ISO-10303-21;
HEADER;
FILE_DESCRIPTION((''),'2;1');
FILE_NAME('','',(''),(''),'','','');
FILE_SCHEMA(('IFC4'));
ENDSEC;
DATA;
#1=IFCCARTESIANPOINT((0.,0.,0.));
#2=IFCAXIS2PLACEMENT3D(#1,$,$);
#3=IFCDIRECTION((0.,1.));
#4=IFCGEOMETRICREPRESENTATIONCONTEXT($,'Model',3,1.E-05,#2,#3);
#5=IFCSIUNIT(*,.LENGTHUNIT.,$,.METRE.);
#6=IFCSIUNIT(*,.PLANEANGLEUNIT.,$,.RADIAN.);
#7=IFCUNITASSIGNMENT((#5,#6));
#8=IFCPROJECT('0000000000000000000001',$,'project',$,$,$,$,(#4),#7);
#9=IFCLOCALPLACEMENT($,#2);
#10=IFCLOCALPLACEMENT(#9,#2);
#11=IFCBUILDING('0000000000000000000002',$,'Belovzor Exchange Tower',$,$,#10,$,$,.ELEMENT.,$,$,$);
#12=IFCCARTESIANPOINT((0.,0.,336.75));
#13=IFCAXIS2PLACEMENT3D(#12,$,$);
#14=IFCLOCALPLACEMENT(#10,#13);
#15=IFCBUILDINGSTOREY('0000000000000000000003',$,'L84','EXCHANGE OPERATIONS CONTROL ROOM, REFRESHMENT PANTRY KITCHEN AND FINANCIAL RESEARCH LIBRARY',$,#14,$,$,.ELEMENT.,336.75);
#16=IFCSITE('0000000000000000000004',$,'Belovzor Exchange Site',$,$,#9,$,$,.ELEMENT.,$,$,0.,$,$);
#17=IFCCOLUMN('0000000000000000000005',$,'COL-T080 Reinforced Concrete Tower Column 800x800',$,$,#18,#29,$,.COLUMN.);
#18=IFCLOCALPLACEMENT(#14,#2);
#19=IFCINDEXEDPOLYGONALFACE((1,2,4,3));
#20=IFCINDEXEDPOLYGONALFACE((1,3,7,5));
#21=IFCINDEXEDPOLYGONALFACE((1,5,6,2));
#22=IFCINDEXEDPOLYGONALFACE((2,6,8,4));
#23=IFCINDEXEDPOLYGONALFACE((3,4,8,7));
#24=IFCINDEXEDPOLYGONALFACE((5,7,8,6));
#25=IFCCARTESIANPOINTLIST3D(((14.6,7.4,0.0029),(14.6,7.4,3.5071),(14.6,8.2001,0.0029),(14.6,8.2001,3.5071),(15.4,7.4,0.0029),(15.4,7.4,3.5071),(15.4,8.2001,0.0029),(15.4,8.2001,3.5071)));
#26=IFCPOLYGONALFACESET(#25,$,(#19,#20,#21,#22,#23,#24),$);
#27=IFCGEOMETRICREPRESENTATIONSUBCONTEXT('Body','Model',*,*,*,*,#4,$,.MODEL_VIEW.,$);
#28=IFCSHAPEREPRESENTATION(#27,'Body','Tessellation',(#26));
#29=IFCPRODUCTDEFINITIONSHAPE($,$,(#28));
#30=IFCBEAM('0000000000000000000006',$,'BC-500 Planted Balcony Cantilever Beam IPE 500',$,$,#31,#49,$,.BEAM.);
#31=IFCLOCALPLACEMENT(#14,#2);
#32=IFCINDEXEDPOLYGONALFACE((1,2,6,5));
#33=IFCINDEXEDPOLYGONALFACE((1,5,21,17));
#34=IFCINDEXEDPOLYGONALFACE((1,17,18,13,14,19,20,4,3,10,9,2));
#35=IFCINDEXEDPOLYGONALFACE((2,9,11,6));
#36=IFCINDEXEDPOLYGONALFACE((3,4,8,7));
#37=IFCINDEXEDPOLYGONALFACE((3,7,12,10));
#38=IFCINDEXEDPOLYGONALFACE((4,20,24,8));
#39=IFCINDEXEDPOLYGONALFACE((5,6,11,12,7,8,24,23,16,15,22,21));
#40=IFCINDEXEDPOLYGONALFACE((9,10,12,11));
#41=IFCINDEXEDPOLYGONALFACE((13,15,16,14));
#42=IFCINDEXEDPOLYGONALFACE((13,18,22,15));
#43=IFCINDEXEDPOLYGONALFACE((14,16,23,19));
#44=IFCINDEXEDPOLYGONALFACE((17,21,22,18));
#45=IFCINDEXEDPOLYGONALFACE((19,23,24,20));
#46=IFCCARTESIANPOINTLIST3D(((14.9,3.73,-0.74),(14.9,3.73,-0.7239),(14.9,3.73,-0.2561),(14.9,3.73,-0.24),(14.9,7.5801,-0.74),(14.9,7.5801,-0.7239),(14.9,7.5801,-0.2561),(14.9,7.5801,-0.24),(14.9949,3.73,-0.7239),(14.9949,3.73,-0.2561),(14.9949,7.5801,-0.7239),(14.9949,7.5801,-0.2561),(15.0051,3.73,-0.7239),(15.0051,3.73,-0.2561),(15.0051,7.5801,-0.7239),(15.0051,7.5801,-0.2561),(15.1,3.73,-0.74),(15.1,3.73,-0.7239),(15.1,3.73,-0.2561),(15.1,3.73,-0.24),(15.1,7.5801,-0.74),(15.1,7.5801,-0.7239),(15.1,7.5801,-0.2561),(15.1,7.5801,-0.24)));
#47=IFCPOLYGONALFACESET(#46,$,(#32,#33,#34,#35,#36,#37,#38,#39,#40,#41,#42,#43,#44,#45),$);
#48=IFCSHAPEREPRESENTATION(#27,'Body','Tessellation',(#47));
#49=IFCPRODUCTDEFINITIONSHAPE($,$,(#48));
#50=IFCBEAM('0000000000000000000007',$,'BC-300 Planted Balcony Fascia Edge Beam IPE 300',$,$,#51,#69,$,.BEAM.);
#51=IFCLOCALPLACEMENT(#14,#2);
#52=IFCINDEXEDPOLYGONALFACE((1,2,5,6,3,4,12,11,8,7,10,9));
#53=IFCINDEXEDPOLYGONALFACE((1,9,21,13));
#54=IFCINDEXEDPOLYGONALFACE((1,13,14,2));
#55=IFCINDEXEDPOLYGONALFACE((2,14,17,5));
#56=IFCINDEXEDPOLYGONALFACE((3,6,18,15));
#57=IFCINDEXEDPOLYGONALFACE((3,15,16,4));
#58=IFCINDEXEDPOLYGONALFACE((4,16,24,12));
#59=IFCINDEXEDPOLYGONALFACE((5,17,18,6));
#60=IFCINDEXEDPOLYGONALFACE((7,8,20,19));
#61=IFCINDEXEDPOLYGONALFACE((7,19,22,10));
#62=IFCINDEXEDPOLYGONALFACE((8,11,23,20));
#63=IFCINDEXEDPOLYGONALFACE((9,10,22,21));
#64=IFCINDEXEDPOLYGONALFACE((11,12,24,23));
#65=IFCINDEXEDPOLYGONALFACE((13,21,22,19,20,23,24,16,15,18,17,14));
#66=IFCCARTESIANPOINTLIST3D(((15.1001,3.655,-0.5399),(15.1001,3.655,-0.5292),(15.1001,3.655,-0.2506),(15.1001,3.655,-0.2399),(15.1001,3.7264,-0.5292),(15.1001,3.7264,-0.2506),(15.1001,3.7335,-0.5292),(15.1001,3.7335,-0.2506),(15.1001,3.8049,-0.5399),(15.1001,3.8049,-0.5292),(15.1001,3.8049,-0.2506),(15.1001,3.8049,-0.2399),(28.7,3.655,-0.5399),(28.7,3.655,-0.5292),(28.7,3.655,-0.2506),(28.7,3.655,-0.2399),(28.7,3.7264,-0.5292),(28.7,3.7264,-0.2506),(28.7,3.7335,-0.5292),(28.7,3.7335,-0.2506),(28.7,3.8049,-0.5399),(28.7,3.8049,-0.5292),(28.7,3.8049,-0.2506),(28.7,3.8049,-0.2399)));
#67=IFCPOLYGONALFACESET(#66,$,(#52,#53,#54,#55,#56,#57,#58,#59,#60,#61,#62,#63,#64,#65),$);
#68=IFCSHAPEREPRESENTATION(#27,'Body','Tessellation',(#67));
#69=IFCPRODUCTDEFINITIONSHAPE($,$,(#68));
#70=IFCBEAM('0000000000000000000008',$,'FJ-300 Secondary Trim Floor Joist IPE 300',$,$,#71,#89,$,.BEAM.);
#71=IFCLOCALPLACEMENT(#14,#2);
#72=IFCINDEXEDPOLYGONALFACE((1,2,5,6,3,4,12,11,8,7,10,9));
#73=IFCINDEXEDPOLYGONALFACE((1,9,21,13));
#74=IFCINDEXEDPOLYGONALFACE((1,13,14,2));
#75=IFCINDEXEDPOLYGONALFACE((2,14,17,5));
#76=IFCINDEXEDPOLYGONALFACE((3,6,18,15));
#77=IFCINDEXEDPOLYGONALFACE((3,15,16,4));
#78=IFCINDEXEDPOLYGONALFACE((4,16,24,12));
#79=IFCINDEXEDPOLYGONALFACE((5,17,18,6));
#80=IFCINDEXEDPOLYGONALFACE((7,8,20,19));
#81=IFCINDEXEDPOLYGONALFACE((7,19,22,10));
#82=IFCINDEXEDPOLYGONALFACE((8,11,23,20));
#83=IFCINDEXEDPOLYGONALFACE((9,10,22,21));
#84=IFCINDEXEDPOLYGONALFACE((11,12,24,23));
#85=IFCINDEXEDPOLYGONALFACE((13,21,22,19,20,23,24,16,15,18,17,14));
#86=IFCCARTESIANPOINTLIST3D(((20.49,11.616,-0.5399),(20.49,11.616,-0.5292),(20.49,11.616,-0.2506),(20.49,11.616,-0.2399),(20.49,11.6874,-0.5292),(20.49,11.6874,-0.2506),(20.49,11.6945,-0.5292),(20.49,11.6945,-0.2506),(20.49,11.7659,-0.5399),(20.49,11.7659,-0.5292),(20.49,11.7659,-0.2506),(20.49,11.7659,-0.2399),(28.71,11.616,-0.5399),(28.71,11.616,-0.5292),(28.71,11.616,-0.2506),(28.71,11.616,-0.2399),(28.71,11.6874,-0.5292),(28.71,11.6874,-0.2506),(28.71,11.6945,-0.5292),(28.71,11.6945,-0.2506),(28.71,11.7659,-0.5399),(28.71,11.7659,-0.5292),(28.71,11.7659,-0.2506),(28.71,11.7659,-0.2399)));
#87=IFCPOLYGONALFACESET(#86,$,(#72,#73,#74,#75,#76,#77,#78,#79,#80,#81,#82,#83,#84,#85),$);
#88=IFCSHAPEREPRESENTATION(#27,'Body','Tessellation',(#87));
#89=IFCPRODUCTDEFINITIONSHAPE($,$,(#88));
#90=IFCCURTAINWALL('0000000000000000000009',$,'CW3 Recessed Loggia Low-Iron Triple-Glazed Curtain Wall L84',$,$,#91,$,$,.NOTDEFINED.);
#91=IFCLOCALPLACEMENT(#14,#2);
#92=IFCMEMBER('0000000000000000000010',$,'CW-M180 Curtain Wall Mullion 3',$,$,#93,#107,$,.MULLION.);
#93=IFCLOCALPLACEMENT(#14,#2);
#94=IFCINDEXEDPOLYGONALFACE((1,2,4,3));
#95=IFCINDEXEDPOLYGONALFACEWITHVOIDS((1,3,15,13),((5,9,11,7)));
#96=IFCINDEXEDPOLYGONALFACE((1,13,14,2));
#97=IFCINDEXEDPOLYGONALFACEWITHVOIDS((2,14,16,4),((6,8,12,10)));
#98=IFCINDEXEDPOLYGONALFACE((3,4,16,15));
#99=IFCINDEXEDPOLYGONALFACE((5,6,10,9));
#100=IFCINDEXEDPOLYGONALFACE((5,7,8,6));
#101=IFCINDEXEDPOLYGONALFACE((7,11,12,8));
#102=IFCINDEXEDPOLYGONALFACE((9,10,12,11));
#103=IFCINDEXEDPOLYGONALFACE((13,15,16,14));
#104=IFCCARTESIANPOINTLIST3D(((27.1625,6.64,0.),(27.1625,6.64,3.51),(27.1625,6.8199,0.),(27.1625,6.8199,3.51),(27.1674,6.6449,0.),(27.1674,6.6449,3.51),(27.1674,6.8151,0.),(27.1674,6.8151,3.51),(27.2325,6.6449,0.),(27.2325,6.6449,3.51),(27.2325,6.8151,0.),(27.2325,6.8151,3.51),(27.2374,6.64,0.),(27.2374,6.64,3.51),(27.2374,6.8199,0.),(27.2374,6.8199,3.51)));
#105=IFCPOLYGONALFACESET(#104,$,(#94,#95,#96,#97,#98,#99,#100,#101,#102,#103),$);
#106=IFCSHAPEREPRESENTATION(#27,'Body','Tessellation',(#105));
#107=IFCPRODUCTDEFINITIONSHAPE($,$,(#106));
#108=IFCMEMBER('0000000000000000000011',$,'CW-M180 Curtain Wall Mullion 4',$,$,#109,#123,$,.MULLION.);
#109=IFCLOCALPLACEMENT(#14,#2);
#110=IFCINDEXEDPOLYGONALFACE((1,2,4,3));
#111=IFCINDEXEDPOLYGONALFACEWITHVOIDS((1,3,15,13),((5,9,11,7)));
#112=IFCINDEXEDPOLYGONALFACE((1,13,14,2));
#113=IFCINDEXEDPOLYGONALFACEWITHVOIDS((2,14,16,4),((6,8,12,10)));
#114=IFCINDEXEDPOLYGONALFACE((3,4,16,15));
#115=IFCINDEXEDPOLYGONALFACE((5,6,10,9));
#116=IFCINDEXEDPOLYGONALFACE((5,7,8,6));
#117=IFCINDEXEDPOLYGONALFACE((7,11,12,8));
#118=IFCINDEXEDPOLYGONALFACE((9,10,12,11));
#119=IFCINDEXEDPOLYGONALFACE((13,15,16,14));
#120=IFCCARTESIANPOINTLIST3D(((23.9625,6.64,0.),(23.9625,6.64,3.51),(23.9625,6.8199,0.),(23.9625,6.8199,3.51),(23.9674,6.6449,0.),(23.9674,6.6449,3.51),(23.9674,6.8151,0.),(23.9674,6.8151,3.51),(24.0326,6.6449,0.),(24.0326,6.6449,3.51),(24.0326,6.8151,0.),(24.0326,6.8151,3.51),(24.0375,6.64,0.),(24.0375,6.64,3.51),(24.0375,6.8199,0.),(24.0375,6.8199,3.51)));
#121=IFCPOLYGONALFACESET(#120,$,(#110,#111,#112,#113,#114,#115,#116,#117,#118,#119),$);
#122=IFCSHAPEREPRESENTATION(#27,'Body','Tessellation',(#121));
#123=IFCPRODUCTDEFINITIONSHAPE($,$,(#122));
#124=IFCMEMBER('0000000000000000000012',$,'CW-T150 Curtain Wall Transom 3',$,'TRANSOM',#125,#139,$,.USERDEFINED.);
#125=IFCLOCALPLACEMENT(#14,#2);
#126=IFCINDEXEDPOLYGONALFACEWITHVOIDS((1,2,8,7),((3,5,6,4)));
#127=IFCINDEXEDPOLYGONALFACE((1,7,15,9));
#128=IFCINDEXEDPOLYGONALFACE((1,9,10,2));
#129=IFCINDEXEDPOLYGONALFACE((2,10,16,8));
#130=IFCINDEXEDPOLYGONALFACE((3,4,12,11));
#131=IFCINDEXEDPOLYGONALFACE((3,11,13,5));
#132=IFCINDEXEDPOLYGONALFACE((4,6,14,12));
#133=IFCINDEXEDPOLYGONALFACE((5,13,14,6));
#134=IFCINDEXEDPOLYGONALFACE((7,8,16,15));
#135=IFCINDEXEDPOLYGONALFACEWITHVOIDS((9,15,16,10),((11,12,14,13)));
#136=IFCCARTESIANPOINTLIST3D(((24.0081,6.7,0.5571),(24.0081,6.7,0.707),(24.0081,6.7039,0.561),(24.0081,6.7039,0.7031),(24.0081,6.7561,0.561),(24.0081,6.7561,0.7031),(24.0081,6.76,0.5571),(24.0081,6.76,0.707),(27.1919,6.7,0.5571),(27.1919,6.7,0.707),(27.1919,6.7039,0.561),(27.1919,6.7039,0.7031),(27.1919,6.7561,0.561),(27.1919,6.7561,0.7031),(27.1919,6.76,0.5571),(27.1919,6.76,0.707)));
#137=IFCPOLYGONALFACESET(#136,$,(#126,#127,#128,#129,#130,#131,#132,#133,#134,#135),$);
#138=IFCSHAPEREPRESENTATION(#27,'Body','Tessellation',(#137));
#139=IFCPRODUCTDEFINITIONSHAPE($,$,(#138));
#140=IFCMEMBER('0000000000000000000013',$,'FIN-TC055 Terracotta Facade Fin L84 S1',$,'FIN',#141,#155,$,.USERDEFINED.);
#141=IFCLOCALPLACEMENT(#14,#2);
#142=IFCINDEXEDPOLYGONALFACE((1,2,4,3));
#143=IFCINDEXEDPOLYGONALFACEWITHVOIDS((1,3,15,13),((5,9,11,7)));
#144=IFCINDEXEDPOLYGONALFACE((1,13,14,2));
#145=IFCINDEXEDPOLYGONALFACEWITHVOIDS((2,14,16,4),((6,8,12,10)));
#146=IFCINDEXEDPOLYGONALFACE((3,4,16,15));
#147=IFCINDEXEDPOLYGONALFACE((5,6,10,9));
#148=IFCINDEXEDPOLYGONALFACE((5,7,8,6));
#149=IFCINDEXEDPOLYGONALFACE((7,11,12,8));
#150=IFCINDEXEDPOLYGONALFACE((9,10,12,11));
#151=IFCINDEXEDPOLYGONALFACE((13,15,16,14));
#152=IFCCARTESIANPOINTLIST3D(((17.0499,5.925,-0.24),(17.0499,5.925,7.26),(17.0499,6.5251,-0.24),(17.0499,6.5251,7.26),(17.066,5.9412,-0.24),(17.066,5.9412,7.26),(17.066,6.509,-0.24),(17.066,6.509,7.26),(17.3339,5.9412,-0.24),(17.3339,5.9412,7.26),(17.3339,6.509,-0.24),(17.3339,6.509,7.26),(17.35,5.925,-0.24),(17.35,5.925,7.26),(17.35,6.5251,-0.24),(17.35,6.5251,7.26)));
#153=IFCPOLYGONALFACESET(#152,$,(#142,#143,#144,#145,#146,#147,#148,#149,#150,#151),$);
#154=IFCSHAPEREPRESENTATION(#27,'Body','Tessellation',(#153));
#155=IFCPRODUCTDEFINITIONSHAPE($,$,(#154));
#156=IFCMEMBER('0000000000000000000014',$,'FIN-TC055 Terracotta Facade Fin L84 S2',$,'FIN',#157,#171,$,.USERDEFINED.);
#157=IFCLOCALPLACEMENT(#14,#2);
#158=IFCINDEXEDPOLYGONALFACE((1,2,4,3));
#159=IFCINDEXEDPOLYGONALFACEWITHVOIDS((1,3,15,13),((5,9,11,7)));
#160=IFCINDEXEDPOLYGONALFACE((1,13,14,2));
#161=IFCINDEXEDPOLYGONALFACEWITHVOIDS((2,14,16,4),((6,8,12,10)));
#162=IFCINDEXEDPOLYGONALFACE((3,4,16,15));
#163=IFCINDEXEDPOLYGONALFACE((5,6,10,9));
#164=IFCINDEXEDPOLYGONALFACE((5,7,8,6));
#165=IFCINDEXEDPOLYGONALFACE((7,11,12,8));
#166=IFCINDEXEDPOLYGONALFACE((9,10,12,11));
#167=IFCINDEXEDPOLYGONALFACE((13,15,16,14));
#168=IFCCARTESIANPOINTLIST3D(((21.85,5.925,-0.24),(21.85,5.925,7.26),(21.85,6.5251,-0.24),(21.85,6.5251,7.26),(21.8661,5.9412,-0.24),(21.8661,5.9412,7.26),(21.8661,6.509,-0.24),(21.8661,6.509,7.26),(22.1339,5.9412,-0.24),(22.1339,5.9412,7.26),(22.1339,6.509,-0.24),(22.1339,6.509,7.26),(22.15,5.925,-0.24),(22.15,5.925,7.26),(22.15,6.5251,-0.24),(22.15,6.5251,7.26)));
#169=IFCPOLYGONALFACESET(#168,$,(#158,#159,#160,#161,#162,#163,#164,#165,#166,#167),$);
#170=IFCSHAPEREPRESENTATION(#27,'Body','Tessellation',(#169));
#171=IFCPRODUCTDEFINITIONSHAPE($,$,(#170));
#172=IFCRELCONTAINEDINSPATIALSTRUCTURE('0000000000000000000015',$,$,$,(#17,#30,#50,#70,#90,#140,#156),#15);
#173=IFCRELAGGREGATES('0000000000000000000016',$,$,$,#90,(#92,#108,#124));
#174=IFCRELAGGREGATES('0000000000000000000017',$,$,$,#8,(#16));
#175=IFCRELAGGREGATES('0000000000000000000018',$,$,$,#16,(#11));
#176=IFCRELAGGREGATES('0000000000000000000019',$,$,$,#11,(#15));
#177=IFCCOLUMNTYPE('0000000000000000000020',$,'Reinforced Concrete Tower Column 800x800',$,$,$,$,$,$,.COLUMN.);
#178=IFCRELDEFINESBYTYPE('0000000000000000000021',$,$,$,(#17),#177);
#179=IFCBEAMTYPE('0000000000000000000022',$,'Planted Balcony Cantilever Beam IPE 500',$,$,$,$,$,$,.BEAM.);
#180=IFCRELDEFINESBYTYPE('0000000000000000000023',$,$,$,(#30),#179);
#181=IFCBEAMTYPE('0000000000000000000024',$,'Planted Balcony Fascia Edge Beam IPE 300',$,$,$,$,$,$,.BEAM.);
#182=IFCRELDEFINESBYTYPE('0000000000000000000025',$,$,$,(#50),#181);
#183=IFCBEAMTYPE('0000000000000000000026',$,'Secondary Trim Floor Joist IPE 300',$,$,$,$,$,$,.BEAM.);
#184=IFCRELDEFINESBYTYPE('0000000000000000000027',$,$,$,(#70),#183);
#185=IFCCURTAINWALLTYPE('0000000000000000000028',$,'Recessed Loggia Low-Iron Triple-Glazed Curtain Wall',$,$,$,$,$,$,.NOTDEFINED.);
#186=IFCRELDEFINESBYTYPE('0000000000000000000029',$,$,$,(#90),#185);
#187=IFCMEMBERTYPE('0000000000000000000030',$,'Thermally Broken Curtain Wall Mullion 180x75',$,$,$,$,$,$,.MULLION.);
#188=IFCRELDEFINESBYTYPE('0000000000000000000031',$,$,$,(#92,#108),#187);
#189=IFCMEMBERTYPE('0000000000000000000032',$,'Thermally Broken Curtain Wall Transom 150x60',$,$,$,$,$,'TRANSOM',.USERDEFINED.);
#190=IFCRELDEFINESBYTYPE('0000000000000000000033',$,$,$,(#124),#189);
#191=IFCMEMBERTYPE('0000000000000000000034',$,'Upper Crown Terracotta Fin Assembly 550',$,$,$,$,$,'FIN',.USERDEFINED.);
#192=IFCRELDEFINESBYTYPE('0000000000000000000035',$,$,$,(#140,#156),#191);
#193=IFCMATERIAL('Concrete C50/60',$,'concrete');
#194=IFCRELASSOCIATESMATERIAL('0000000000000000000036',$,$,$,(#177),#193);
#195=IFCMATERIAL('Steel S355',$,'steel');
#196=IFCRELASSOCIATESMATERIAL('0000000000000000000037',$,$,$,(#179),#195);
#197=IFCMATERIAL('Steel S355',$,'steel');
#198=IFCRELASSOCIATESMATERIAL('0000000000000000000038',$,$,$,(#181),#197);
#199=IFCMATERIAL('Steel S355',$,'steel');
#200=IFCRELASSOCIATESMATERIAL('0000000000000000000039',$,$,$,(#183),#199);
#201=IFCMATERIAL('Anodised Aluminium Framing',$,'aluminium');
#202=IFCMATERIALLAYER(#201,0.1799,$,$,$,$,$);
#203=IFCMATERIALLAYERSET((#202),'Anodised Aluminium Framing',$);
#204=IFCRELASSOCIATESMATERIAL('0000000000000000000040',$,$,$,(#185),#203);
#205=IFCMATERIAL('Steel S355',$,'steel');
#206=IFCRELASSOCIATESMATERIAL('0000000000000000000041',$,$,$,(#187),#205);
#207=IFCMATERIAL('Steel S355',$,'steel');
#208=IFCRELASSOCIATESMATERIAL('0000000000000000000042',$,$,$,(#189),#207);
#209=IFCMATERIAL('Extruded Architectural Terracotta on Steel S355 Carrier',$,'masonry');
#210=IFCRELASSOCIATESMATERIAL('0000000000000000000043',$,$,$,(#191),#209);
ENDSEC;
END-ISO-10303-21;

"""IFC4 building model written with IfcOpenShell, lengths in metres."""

from ifc_helpers import new_model, si_unit, direction, frame, origin, origin_2d, place, context, subcontext, project, spatial, rectangle, hollow_rectangle, i_section, extrude, material, layer, layer_set, material_profile, profile_set, type_object, element, aggregate, save


model = new_model("IFC4")

# Units and contexts
model_context = context("Model", 3, precision=1e-05, world=origin(), true_north=direction((0.0, 1.0)))
body_context = subcontext(model_context, "Body", "Model", "MODEL_VIEW")
ifc_project = project(units=[si_unit("LENGTHUNIT", "METRE"), si_unit("PLANEANGLEUNIT", "RADIAN")], contexts=[model_context])

# Site, building, storey
site_placement = place(None, origin())
site = spatial("IfcSite", under=ifc_project, at=site_placement, Name="Belovzor Exchange Site", CompositionType="ELEMENT", RefElevation=0.0)
building_placement = place(site_placement, origin())
building = spatial("IfcBuilding", under=site, at=building_placement, Name="Belovzor Exchange Tower", CompositionType="ELEMENT")
storey_placement = place(building_placement, frame((0.0, 0.0, 336.75)))
storey = spatial("IfcBuildingStorey", under=building, at=storey_placement, Name="L84", Description="EXCHANGE OPERATIONS CONTROL ROOM, REFRESHMENT PANTRY KITCHEN AND FINANCIAL RESEARCH LIBRARY", CompositionType="ELEMENT", Elevation=336.75)

# Column
ifc_material_1 = material(Name="Concrete C50/60", Category="concrete")
ifc_material_profile_1 = material_profile(ifc_material_1, rectangle(XDim=0.8, YDim=0.8, at=origin_2d()))
ifc_profile_set_1 = profile_set([ifc_material_profile_1], Name="Concrete C50/60")
column_type = type_object("IfcColumnType", Name="Reinforced Concrete Tower Column 800x800", PredefinedType="COLUMN", material=ifc_profile_set_1)
column_placement = place(storey_placement, frame((15.0, 7.8, 0.0029), z_axis=(0.0, 0.0, 1.0), x_axis=(1.0, 0.0, 0.0)))
element("IfcColumn", 1, at=column_placement, inside=storey, type_object=column_type, Name="COL-T080 Reinforced Concrete Tower Column 800x800", PredefinedType="COLUMN", context=body_context, shape_type="SweptSolid", body=[
    extrude(rectangle(XDim=0.8, YDim=0.8, at=origin_2d()), origin(), (0.0, 0.0, 1.0), 3.5042),
])

# Beams
ifc_material_2 = material(Name="Steel S355", Category="steel")
ifc_material_profile_2 = material_profile(ifc_material_2, i_section(OverallWidth=0.2, OverallDepth=0.5, WebThickness=0.0103, FlangeThickness=0.0161, at=origin_2d()))
ifc_profile_set_2 = profile_set([ifc_material_profile_2], Name="Steel S355")
beam_type_1 = type_object("IfcBeamType", Name="Planted Balcony Cantilever Beam IPE 500", PredefinedType="BEAM", material=ifc_profile_set_2)
beam_1_placement = place(storey_placement, frame((15.0, 7.5801, -0.49), z_axis=(0.0, -1.0, 0.0), x_axis=(1.0, 0.0, 0.0)))
element("IfcBeam", 2, at=beam_1_placement, inside=storey, type_object=beam_type_1, Name="BC-500 Planted Balcony Cantilever Beam IPE 500", PredefinedType="BEAM", context=body_context, shape_type="SweptSolid", body=[
    extrude(i_section(OverallWidth=0.2, OverallDepth=0.5, WebThickness=0.0103, FlangeThickness=0.0161, at=origin_2d()), origin(), (0.0, 0.0, 1.0), 3.8501),
])
ifc_material_3 = material(Name="Steel S355", Category="steel")
ifc_material_profile_3 = material_profile(ifc_material_3, i_section(OverallWidth=0.1499, OverallDepth=0.3, WebThickness=0.0071, FlangeThickness=0.0107, at=origin_2d()))
ifc_profile_set_3 = profile_set([ifc_material_profile_3], Name="Steel S355")
beam_type_2 = type_object("IfcBeamType", Name="Planted Balcony Fascia Edge Beam IPE 300", PredefinedType="BEAM", material=ifc_profile_set_3)
beam_2_placement = place(storey_placement, frame((15.1001, 3.73, -0.3899), z_axis=(1.0, 0.0, 0.0), x_axis=(0.0, 1.0, 0.0)))
element("IfcBeam", 3, at=beam_2_placement, inside=storey, type_object=beam_type_2, Name="BC-300 Planted Balcony Fascia Edge Beam IPE 300", PredefinedType="BEAM", context=body_context, shape_type="SweptSolid", body=[
    extrude(i_section(OverallWidth=0.1499, OverallDepth=0.3, WebThickness=0.0071, FlangeThickness=0.0107, at=origin_2d()), origin(), (0.0, 0.0, 1.0), 13.5999),
])
ifc_material_4 = material(Name="Steel S355", Category="steel")
ifc_material_profile_4 = material_profile(ifc_material_4, i_section(OverallWidth=0.1499, OverallDepth=0.3, WebThickness=0.0071, FlangeThickness=0.0107, at=origin_2d()))
ifc_profile_set_4 = profile_set([ifc_material_profile_4], Name="Steel S355")
beam_type_3 = type_object("IfcBeamType", Name="Secondary Trim Floor Joist IPE 300", PredefinedType="BEAM", material=ifc_profile_set_4)
beam_3_placement = place(storey_placement, frame((20.49, 11.6909, -0.3899), z_axis=(1.0, 0.0, 0.0), x_axis=(0.0, 1.0, 0.0)))
element("IfcBeam", 4, at=beam_3_placement, inside=storey, type_object=beam_type_3, Name="FJ-300 Secondary Trim Floor Joist IPE 300", PredefinedType="BEAM", context=body_context, shape_type="SweptSolid", body=[
    extrude(i_section(OverallWidth=0.1499, OverallDepth=0.3, WebThickness=0.0071, FlangeThickness=0.0107, at=origin_2d()), origin(), (0.0, 0.0, 1.0), 8.22),
])

# Curtain wall, members
ifc_material_5 = material(Name="Anodised Aluminium Framing", Category="aluminium")
ifc_layer_1 = layer(ifc_material_5, 0.1799)
ifc_layer_set_1 = layer_set([ifc_layer_1], Name="Anodised Aluminium Framing")
curtain_wall_type = type_object("IfcCurtainWallType", Name="Recessed Loggia Low-Iron Triple-Glazed Curtain Wall", PredefinedType="NOTDEFINED", material=ifc_layer_set_1)
curtain_wall_placement = place(storey_placement, origin())
curtain_wall = element("IfcCurtainWall", 5, at=curtain_wall_placement, inside=storey, type_object=curtain_wall_type, Name="CW3 Recessed Loggia Low-Iron Triple-Glazed Curtain Wall L84", PredefinedType="NOTDEFINED")
ifc_material_6 = material(Name="Steel S355", Category="steel")
ifc_material_profile_5 = material_profile(ifc_material_6, hollow_rectangle(XDim=0.075, YDim=0.1799, WallThickness=0.0049, at=origin_2d()))
ifc_profile_set_5 = profile_set([ifc_material_profile_5], Name="Steel S355")
member_type_1 = type_object("IfcMemberType", Name="Thermally Broken Curtain Wall Mullion 180x75", PredefinedType="MULLION", material=ifc_profile_set_5)
member_1_placement = place(storey_placement, frame((27.2, 6.73, 0.0), z_axis=(0.0, 0.0, 1.0), x_axis=(-1.0, 0.0, 0.0)))
member_1 = element("IfcMember", 6, at=member_1_placement, type_object=member_type_1, Name="CW-M180 Curtain Wall Mullion 3", PredefinedType="MULLION", context=body_context, shape_type="SweptSolid", body=[
    extrude(hollow_rectangle(XDim=0.075, YDim=0.1799, WallThickness=0.0049, at=origin_2d()), origin(), (0.0, 0.0, 1.0), 3.51),
])
member_2_placement = place(storey_placement, frame((24.0, 6.73, 0.0), z_axis=(0.0, 0.0, 1.0), x_axis=(-1.0, 0.0, 0.0)))
member_2 = element("IfcMember", 7, at=member_2_placement, type_object=member_type_1, Name="CW-M180 Curtain Wall Mullion 4", PredefinedType="MULLION", context=body_context, shape_type="SweptSolid", body=[
    extrude(hollow_rectangle(XDim=0.075, YDim=0.1799, WallThickness=0.0049, at=origin_2d()), origin(), (0.0, 0.0, 1.0), 3.51),
])
ifc_material_7 = material(Name="Steel S355", Category="steel")
ifc_material_profile_6 = material_profile(ifc_material_7, hollow_rectangle(XDim=0.0601, YDim=0.1499, WallThickness=0.0039, at=origin_2d()))
ifc_profile_set_6 = profile_set([ifc_material_profile_6], Name="Steel S355")
member_type_2 = type_object("IfcMemberType", Name="Thermally Broken Curtain Wall Transom 150x60", ElementType="TRANSOM", PredefinedType="USERDEFINED", material=ifc_profile_set_6)
member_3_placement = place(storey_placement, frame((27.1919, 6.73, 0.6321), z_axis=(-1.0, 0.0, 0.0), x_axis=(0.0, -1.0, 0.0)))
member_3 = element("IfcMember", 8, at=member_3_placement, type_object=member_type_2, Name="CW-T150 Curtain Wall Transom 3", ObjectType="TRANSOM", PredefinedType="USERDEFINED", context=body_context, shape_type="SweptSolid", body=[
    extrude(hollow_rectangle(XDim=0.0601, YDim=0.1499, WallThickness=0.0039, at=origin_2d()), origin(), (0.0, 0.0, 1.0), 3.1838),
])

# Members
ifc_material_8 = material(Name="Extruded Architectural Terracotta on Steel S355 Carrier", Category="masonry")
ifc_material_profile_7 = material_profile(ifc_material_8, hollow_rectangle(XDim=0.3, YDim=0.6001, WallThickness=0.0161, at=origin_2d()))
ifc_profile_set_7 = profile_set([ifc_material_profile_7], Name="Extruded Architectural Terracotta on Steel S355 Carrier")
member_type_3 = type_object("IfcMemberType", Name="Upper Crown Terracotta Fin Assembly 550", ElementType="FIN", PredefinedType="USERDEFINED", material=ifc_profile_set_7)
for number, where, z_axis, x_axis, name in (
    (9, (17.2, 6.2251, -0.24), (0.0, 0.0, 1.0), (1.0, 0.0, 0.0), "FIN-TC055 Terracotta Facade Fin L84 S1"),
    (10, (22.0, 6.2251, -0.24), (0.0, 0.0, 1.0), (1.0, 0.0, 0.0), "FIN-TC055 Terracotta Facade Fin L84 S2"),
):
    element("IfcMember", number, at=place(storey_placement, frame(where, z_axis=z_axis, x_axis=x_axis)), inside=storey, type_object=member_type_3, Name=name, ObjectType="FIN", PredefinedType="USERDEFINED", context=body_context, shape_type="SweptSolid", body=[
        extrude(hollow_rectangle(XDim=0.3, YDim=0.6001, WallThickness=0.0161, at=origin_2d()), origin(), (0.0, 0.0, 1.0), 7.5),
    ])

aggregate(curtain_wall, [member_1, member_2, member_3])

save(model, "model.ifc")
